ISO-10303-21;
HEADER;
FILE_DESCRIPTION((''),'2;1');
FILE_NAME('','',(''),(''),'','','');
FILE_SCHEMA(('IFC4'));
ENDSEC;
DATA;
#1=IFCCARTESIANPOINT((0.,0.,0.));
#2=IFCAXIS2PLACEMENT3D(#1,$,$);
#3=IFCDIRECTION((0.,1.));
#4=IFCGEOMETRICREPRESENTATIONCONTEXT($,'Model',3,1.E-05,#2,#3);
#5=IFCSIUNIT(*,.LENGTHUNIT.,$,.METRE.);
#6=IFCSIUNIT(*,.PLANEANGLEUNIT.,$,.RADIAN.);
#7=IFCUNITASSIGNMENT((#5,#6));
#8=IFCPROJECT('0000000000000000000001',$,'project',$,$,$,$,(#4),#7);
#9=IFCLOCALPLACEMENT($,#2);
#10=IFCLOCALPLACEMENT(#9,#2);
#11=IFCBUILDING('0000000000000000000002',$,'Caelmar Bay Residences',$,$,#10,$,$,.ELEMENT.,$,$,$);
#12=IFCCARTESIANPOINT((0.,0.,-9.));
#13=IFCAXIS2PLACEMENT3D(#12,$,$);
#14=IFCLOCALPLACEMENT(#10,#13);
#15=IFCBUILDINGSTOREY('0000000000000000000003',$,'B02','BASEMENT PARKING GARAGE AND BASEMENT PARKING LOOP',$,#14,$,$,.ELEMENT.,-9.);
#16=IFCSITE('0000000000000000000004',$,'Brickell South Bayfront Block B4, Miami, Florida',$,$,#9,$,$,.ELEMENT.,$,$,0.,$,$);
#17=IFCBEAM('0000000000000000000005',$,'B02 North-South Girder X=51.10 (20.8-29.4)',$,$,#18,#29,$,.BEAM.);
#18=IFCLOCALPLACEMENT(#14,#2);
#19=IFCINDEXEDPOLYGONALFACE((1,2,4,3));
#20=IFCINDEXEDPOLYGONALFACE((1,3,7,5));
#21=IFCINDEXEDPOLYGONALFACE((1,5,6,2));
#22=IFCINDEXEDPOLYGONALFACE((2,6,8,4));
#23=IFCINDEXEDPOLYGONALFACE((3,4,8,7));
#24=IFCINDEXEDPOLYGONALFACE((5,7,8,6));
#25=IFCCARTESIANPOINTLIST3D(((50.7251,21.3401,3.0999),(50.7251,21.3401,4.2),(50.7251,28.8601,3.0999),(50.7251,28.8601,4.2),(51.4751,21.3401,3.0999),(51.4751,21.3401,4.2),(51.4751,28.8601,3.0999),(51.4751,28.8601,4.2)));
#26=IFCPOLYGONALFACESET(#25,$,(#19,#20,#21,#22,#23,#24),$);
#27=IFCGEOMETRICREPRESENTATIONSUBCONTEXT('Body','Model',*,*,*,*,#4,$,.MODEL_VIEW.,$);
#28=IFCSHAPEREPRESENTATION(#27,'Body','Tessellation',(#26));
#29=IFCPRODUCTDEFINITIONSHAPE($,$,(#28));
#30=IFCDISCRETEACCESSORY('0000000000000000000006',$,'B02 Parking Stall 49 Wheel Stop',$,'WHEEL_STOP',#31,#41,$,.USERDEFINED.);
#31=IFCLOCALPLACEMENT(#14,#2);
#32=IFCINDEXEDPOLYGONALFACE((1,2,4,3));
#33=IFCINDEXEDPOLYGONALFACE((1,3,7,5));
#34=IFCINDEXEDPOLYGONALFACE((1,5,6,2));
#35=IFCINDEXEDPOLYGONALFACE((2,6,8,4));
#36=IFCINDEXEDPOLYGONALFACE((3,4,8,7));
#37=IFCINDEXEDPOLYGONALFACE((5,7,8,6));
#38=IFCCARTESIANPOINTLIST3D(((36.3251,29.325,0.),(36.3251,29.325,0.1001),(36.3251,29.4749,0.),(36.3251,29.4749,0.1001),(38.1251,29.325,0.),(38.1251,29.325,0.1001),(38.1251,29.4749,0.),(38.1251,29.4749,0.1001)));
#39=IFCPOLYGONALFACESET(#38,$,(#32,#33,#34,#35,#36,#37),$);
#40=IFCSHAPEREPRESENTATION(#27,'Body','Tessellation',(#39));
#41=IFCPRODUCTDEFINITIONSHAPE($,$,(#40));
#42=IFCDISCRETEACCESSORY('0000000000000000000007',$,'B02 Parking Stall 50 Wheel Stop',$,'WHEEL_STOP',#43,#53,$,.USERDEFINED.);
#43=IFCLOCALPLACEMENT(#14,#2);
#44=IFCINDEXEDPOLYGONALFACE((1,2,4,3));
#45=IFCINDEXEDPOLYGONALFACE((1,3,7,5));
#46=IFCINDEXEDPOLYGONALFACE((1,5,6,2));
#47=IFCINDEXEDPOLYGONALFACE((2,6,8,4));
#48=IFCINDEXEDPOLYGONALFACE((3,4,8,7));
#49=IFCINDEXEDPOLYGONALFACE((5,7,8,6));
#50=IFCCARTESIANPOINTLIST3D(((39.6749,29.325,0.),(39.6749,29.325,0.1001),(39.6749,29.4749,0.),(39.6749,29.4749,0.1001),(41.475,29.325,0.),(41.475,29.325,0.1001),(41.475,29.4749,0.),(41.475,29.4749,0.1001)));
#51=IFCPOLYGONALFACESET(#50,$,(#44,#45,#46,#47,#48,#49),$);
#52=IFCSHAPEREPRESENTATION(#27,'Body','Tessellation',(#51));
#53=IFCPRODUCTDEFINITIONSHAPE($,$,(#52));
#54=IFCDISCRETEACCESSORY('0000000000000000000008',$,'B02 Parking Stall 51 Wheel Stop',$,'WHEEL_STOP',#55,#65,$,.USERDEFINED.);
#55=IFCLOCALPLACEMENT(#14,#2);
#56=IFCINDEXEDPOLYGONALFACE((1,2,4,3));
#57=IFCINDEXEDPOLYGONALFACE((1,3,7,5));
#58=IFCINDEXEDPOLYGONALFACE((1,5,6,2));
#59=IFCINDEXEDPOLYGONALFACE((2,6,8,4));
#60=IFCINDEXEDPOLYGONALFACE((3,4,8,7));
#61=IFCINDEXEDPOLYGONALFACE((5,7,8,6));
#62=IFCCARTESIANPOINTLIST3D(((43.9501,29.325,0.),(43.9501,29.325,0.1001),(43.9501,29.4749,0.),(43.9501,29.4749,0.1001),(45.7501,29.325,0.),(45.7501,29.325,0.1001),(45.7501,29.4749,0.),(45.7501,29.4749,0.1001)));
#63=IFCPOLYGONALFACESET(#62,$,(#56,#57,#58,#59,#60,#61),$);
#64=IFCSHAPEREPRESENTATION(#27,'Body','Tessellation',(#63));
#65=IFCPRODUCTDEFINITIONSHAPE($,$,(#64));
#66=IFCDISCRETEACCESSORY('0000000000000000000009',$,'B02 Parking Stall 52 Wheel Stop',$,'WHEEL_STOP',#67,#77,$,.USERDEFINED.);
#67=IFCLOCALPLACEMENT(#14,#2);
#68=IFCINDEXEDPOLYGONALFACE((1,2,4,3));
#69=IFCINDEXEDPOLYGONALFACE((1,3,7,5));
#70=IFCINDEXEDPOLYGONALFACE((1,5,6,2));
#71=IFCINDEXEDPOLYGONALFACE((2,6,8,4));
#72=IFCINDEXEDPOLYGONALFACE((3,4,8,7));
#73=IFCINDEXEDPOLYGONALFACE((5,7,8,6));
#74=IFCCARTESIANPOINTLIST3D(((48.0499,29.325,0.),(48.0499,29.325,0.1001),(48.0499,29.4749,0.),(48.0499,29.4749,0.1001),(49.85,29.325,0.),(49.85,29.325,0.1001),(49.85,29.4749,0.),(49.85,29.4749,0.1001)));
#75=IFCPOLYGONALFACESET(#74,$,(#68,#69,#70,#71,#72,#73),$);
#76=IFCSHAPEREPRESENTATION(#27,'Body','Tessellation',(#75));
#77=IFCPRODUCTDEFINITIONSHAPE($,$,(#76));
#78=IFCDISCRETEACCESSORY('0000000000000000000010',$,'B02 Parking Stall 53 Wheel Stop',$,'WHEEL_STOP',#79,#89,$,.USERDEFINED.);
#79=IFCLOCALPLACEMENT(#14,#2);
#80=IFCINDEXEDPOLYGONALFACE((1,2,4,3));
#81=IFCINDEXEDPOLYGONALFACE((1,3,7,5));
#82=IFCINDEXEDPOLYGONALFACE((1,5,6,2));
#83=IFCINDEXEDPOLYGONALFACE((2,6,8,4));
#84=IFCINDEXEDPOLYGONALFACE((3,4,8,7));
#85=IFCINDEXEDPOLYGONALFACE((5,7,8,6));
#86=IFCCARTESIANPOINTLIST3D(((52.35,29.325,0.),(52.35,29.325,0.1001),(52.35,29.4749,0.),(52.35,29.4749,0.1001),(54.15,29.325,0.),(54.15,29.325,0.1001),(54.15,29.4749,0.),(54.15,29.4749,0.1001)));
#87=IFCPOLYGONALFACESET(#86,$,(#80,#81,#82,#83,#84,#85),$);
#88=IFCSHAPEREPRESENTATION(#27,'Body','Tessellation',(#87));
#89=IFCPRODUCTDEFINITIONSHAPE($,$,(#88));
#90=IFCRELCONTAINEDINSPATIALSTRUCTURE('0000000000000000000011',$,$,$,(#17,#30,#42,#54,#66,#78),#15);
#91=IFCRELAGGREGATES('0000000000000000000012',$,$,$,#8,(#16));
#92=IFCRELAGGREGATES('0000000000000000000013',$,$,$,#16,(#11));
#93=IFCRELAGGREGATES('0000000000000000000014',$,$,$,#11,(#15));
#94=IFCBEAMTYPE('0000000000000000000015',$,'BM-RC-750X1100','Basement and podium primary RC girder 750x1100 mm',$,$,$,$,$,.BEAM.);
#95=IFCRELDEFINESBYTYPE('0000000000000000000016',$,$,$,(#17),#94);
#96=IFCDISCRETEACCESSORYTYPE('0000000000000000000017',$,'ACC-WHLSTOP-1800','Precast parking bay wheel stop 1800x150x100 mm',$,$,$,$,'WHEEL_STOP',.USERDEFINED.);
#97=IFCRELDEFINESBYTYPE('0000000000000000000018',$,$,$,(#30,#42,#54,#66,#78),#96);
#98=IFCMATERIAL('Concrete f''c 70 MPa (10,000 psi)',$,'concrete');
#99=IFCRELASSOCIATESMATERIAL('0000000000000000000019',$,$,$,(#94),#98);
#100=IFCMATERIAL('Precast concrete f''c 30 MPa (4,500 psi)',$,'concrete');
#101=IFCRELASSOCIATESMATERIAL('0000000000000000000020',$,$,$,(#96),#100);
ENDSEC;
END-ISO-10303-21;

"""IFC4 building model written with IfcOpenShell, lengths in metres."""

from ifc_helpers import new_model, si_unit, direction, frame, origin, origin_2d, place, context, subcontext, project, spatial, rectangle, extrude, material, material_profile, profile_set, type_object, element, save


model = new_model("IFC4")

# Units and contexts
model_context = context("Model", 3, precision=1e-05, world=origin(), true_north=direction((0.0, 1.0)))
body_context = subcontext(model_context, "Body", "Model", "MODEL_VIEW")
ifc_project = project(units=[si_unit("LENGTHUNIT", "METRE"), si_unit("PLANEANGLEUNIT", "RADIAN")], contexts=[model_context])

# Site, building, storey
site_placement = place(None, origin())
site = spatial("IfcSite", under=ifc_project, at=site_placement, Name="Brickell South Bayfront Block B4, Miami, Florida", CompositionType="ELEMENT", RefElevation=0.0)
building_placement = place(site_placement, origin())
building = spatial("IfcBuilding", under=site, at=building_placement, Name="Caelmar Bay Residences", CompositionType="ELEMENT")
storey_placement = place(building_placement, frame((0.0, 0.0, -9.0)))
storey = spatial("IfcBuildingStorey", under=building, at=storey_placement, Name="B02", Description="BASEMENT PARKING GARAGE AND BASEMENT PARKING LOOP", CompositionType="ELEMENT", Elevation=-9.0)

# Shared definitions
ifc_material_1 = material(Name="Concrete f'c 70 MPa (10,000 psi)", Category="concrete")

# Beam
ifc_material_profile_1 = material_profile(ifc_material_1, rectangle(XDim=0.75, YDim=1.1001, at=origin_2d()), Name="RC-BM-750X1100")
ifc_profile_set_1 = profile_set([ifc_material_profile_1], Name="Concrete f'c 70 MPa (10,000 psi)")
beam_type_1 = type_object("IfcBeamType", Name="BM-RC-750X1100", Description="Basement and podium primary RC girder 750x1100 mm", PredefinedType="BEAM", material=ifc_profile_set_1)
beam_1_placement = place(storey_placement, frame((51.1001, 21.3401, 3.6499), z_axis=(0.0, 1.0, 0.0), x_axis=(-1.0, 0.0, 0.0)))
element("IfcBeam", 1, at=beam_1_placement, inside=storey, type_object=beam_type_1, Name="B02 North-South Girder X=51.10 (20.8-29.4)", PredefinedType="BEAM", context=body_context, shape_type="SweptSolid", body=[
    extrude(rectangle(XDim=0.75, YDim=1.1001, at=origin_2d()), origin(), (0.0, 0.0, 1.0), 7.52),
])

# Discrete accessories
ifc_material_2 = material(Name="Precast concrete f'c 30 MPa (4,500 psi)", Category="concrete")
discrete_accessory_type = type_object("IfcDiscreteAccessoryType", Name="ACC-WHLSTOP-1800", Description="Precast parking bay wheel stop 1800x150x100 mm", ElementType="WHEEL_STOP", PredefinedType="USERDEFINED", material=ifc_material_2)
for number, where, z_axis, x_axis, name in (
    (2, (37.2251, 29.3999, 0.0), (0.0, 0.0, 1.0), (1.0, 0.0, 0.0), "B02 Parking Stall 49 Wheel Stop"),
    (3, (40.575, 29.3999, 0.0), (0.0, 0.0, 1.0), (1.0, 0.0, 0.0), "B02 Parking Stall 50 Wheel Stop"),
    (4, (44.8501, 29.3999, 0.0), (0.0, 0.0, 1.0), (1.0, 0.0, 0.0), "B02 Parking Stall 51 Wheel Stop"),
    (5, (48.95, 29.3999, 0.0), (0.0, 0.0, 1.0), (1.0, 0.0, 0.0), "B02 Parking Stall 52 Wheel Stop"),
    (6, (53.25, 29.3999, 0.0), (0.0, 0.0, 1.0), (1.0, 0.0, 0.0), "B02 Parking Stall 53 Wheel Stop"),
):
    element("IfcDiscreteAccessory", number, at=place(storey_placement, frame(where, z_axis=z_axis, x_axis=x_axis)), inside=storey, type_object=discrete_accessory_type, Name=name, ObjectType="WHEEL_STOP", PredefinedType="USERDEFINED", context=body_context, shape_type="SweptSolid", body=[
        extrude(rectangle(XDim=1.8, YDim=0.1499, at=origin_2d()), origin(), (0.0, 0.0, 1.0), 0.1001),
    ])

save(model, "model.ifc")
